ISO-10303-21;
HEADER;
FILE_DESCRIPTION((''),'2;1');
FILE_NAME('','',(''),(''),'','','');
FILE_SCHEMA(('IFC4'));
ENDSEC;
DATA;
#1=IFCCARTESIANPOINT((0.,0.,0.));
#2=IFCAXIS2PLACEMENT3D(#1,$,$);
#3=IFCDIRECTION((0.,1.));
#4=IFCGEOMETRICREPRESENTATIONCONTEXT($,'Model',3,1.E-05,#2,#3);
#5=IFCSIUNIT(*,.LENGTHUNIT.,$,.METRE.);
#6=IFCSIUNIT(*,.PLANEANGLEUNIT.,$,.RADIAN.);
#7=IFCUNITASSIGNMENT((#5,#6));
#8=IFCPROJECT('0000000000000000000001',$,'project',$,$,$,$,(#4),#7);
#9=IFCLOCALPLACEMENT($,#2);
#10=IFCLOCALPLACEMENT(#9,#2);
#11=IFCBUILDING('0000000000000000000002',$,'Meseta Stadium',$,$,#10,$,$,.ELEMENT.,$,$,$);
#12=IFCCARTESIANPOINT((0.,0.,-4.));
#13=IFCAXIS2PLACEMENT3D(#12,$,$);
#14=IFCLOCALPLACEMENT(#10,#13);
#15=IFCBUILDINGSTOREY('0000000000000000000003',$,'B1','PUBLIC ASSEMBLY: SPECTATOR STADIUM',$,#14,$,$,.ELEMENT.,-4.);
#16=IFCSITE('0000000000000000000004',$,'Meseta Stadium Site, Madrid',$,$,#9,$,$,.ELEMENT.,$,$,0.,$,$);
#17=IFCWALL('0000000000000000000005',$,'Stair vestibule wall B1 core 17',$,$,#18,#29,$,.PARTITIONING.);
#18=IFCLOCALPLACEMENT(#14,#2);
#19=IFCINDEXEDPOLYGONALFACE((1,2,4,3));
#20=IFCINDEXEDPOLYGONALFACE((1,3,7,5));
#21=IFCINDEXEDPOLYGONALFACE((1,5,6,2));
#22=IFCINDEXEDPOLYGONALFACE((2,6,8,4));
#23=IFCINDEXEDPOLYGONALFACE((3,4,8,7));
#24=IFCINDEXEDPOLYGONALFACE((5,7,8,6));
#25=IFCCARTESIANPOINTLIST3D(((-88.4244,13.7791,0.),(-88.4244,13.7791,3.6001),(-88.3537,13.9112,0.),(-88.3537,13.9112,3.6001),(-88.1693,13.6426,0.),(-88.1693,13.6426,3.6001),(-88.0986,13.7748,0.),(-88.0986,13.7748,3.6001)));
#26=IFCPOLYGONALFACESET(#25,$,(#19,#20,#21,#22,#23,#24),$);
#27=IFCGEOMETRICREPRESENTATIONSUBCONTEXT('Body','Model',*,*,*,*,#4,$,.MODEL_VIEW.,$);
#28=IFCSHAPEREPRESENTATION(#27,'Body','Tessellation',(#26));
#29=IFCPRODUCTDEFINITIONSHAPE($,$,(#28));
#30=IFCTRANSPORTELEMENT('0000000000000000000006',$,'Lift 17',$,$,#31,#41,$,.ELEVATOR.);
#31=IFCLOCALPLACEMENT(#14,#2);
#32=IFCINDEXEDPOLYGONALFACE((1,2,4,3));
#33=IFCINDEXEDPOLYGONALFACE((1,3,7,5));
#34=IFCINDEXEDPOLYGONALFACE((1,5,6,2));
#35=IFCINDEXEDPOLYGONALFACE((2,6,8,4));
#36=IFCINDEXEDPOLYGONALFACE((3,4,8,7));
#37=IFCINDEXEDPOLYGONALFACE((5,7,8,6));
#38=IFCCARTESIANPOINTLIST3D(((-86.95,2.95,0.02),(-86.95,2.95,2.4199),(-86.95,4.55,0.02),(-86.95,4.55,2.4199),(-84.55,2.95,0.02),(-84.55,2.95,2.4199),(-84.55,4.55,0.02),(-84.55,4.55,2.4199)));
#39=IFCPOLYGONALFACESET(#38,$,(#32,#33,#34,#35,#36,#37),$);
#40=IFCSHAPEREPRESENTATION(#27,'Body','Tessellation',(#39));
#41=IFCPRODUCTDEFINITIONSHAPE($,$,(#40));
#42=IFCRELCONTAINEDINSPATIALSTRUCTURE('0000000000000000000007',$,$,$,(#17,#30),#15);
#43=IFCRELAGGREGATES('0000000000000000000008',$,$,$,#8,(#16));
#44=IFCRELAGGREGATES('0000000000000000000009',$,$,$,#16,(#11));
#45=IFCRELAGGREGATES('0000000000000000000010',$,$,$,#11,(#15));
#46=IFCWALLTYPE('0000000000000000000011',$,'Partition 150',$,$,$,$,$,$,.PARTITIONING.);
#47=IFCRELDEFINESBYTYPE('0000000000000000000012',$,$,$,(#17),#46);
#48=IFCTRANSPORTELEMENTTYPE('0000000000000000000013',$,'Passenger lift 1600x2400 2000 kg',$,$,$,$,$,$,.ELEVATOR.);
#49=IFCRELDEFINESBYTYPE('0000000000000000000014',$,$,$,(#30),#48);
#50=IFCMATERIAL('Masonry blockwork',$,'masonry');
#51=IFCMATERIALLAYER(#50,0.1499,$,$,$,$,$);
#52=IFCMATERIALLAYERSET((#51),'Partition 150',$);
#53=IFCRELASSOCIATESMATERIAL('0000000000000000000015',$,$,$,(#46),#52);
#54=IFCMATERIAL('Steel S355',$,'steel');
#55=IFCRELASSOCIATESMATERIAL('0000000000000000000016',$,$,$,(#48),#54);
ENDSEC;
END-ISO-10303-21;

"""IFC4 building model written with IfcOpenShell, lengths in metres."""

from ifc_helpers import new_model, si_unit, direction, frame, frame_2d, origin, origin_2d, place, context, subcontext, project, spatial, rectangle, extrude, material, layer, layer_set, type_object, element, save


model = new_model("IFC4")

# Units and contexts
model_context = context("Model", 3, precision=1e-05, world=origin(), true_north=direction((0.0, 1.0)))
body_context = subcontext(model_context, "Body", "Model", "MODEL_VIEW")
ifc_project = project(units=[si_unit("LENGTHUNIT", "METRE"), si_unit("PLANEANGLEUNIT", "RADIAN")], contexts=[model_context])

# Site, building, storey
site_placement = place(None, origin())
site = spatial("IfcSite", under=ifc_project, at=site_placement, Name="Meseta Stadium Site, Madrid", CompositionType="ELEMENT", RefElevation=0.0)
building_placement = place(site_placement, origin())
building = spatial("IfcBuilding", under=site, at=building_placement, Name="Meseta Stadium", CompositionType="ELEMENT")
storey_placement = place(building_placement, frame((0.0, 0.0, -4.0)))
storey = spatial("IfcBuildingStorey", under=building, at=storey_placement, Name="B1", Description="PUBLIC ASSEMBLY: SPECTATOR STADIUM", CompositionType="ELEMENT", Elevation=-4.0)

# Shared definitions
ifc_material_1 = material(Name="Masonry blockwork", Category="masonry")
ifc_layer_1 = layer(ifc_material_1, 0.1499)
ifc_layer_set_1 = layer_set([ifc_layer_1], Name="Partition 150")
wall_type_1 = type_object("IfcWallType", Name="Partition 150", PredefinedType="PARTITIONING", material=ifc_layer_set_1)

# Wall
wall_1_placement = place(storey_placement, frame((-88.134, 13.7087, 0.0), z_axis=(0.0, 0.0, 1.0), x_axis=(-0.881768, 0.471683, 0.0)))
element("IfcWall", 1, at=wall_1_placement, inside=storey, type_object=wall_type_1, Name="Stair vestibule wall B1 core 17", PredefinedType="PARTITIONING", context=body_context, shape_type="SweptSolid", body=[
    extrude(rectangle(XDim=0.2893, YDim=0.1499, at=frame_2d((0.1445, 0.0))), origin(), (0.0, 0.0, 1.0), 3.6001),
])

# Transport element
ifc_material_2 = material(Name="Steel S355", Category="steel")
transport_element_type = type_object("IfcTransportElementType", Name="Passenger lift 1600x2400 2000 kg", PredefinedType="ELEVATOR", material=ifc_material_2)
transport_element_placement = place(storey_placement, frame((-85.75, 3.75, 0.02), z_axis=(0.0, 0.0, 1.0), x_axis=(1.0, 0.0, 0.0)))
element("IfcTransportElement", 2, at=transport_element_placement, inside=storey, type_object=transport_element_type, Name="Lift 17", PredefinedType="ELEVATOR", context=body_context, shape_type="SweptSolid", body=[
    extrude(rectangle(XDim=2.3999, YDim=1.6001, at=origin_2d()), origin(), (0.0, 0.0, 1.0), 2.3999),
])

save(model, "model.ifc")
